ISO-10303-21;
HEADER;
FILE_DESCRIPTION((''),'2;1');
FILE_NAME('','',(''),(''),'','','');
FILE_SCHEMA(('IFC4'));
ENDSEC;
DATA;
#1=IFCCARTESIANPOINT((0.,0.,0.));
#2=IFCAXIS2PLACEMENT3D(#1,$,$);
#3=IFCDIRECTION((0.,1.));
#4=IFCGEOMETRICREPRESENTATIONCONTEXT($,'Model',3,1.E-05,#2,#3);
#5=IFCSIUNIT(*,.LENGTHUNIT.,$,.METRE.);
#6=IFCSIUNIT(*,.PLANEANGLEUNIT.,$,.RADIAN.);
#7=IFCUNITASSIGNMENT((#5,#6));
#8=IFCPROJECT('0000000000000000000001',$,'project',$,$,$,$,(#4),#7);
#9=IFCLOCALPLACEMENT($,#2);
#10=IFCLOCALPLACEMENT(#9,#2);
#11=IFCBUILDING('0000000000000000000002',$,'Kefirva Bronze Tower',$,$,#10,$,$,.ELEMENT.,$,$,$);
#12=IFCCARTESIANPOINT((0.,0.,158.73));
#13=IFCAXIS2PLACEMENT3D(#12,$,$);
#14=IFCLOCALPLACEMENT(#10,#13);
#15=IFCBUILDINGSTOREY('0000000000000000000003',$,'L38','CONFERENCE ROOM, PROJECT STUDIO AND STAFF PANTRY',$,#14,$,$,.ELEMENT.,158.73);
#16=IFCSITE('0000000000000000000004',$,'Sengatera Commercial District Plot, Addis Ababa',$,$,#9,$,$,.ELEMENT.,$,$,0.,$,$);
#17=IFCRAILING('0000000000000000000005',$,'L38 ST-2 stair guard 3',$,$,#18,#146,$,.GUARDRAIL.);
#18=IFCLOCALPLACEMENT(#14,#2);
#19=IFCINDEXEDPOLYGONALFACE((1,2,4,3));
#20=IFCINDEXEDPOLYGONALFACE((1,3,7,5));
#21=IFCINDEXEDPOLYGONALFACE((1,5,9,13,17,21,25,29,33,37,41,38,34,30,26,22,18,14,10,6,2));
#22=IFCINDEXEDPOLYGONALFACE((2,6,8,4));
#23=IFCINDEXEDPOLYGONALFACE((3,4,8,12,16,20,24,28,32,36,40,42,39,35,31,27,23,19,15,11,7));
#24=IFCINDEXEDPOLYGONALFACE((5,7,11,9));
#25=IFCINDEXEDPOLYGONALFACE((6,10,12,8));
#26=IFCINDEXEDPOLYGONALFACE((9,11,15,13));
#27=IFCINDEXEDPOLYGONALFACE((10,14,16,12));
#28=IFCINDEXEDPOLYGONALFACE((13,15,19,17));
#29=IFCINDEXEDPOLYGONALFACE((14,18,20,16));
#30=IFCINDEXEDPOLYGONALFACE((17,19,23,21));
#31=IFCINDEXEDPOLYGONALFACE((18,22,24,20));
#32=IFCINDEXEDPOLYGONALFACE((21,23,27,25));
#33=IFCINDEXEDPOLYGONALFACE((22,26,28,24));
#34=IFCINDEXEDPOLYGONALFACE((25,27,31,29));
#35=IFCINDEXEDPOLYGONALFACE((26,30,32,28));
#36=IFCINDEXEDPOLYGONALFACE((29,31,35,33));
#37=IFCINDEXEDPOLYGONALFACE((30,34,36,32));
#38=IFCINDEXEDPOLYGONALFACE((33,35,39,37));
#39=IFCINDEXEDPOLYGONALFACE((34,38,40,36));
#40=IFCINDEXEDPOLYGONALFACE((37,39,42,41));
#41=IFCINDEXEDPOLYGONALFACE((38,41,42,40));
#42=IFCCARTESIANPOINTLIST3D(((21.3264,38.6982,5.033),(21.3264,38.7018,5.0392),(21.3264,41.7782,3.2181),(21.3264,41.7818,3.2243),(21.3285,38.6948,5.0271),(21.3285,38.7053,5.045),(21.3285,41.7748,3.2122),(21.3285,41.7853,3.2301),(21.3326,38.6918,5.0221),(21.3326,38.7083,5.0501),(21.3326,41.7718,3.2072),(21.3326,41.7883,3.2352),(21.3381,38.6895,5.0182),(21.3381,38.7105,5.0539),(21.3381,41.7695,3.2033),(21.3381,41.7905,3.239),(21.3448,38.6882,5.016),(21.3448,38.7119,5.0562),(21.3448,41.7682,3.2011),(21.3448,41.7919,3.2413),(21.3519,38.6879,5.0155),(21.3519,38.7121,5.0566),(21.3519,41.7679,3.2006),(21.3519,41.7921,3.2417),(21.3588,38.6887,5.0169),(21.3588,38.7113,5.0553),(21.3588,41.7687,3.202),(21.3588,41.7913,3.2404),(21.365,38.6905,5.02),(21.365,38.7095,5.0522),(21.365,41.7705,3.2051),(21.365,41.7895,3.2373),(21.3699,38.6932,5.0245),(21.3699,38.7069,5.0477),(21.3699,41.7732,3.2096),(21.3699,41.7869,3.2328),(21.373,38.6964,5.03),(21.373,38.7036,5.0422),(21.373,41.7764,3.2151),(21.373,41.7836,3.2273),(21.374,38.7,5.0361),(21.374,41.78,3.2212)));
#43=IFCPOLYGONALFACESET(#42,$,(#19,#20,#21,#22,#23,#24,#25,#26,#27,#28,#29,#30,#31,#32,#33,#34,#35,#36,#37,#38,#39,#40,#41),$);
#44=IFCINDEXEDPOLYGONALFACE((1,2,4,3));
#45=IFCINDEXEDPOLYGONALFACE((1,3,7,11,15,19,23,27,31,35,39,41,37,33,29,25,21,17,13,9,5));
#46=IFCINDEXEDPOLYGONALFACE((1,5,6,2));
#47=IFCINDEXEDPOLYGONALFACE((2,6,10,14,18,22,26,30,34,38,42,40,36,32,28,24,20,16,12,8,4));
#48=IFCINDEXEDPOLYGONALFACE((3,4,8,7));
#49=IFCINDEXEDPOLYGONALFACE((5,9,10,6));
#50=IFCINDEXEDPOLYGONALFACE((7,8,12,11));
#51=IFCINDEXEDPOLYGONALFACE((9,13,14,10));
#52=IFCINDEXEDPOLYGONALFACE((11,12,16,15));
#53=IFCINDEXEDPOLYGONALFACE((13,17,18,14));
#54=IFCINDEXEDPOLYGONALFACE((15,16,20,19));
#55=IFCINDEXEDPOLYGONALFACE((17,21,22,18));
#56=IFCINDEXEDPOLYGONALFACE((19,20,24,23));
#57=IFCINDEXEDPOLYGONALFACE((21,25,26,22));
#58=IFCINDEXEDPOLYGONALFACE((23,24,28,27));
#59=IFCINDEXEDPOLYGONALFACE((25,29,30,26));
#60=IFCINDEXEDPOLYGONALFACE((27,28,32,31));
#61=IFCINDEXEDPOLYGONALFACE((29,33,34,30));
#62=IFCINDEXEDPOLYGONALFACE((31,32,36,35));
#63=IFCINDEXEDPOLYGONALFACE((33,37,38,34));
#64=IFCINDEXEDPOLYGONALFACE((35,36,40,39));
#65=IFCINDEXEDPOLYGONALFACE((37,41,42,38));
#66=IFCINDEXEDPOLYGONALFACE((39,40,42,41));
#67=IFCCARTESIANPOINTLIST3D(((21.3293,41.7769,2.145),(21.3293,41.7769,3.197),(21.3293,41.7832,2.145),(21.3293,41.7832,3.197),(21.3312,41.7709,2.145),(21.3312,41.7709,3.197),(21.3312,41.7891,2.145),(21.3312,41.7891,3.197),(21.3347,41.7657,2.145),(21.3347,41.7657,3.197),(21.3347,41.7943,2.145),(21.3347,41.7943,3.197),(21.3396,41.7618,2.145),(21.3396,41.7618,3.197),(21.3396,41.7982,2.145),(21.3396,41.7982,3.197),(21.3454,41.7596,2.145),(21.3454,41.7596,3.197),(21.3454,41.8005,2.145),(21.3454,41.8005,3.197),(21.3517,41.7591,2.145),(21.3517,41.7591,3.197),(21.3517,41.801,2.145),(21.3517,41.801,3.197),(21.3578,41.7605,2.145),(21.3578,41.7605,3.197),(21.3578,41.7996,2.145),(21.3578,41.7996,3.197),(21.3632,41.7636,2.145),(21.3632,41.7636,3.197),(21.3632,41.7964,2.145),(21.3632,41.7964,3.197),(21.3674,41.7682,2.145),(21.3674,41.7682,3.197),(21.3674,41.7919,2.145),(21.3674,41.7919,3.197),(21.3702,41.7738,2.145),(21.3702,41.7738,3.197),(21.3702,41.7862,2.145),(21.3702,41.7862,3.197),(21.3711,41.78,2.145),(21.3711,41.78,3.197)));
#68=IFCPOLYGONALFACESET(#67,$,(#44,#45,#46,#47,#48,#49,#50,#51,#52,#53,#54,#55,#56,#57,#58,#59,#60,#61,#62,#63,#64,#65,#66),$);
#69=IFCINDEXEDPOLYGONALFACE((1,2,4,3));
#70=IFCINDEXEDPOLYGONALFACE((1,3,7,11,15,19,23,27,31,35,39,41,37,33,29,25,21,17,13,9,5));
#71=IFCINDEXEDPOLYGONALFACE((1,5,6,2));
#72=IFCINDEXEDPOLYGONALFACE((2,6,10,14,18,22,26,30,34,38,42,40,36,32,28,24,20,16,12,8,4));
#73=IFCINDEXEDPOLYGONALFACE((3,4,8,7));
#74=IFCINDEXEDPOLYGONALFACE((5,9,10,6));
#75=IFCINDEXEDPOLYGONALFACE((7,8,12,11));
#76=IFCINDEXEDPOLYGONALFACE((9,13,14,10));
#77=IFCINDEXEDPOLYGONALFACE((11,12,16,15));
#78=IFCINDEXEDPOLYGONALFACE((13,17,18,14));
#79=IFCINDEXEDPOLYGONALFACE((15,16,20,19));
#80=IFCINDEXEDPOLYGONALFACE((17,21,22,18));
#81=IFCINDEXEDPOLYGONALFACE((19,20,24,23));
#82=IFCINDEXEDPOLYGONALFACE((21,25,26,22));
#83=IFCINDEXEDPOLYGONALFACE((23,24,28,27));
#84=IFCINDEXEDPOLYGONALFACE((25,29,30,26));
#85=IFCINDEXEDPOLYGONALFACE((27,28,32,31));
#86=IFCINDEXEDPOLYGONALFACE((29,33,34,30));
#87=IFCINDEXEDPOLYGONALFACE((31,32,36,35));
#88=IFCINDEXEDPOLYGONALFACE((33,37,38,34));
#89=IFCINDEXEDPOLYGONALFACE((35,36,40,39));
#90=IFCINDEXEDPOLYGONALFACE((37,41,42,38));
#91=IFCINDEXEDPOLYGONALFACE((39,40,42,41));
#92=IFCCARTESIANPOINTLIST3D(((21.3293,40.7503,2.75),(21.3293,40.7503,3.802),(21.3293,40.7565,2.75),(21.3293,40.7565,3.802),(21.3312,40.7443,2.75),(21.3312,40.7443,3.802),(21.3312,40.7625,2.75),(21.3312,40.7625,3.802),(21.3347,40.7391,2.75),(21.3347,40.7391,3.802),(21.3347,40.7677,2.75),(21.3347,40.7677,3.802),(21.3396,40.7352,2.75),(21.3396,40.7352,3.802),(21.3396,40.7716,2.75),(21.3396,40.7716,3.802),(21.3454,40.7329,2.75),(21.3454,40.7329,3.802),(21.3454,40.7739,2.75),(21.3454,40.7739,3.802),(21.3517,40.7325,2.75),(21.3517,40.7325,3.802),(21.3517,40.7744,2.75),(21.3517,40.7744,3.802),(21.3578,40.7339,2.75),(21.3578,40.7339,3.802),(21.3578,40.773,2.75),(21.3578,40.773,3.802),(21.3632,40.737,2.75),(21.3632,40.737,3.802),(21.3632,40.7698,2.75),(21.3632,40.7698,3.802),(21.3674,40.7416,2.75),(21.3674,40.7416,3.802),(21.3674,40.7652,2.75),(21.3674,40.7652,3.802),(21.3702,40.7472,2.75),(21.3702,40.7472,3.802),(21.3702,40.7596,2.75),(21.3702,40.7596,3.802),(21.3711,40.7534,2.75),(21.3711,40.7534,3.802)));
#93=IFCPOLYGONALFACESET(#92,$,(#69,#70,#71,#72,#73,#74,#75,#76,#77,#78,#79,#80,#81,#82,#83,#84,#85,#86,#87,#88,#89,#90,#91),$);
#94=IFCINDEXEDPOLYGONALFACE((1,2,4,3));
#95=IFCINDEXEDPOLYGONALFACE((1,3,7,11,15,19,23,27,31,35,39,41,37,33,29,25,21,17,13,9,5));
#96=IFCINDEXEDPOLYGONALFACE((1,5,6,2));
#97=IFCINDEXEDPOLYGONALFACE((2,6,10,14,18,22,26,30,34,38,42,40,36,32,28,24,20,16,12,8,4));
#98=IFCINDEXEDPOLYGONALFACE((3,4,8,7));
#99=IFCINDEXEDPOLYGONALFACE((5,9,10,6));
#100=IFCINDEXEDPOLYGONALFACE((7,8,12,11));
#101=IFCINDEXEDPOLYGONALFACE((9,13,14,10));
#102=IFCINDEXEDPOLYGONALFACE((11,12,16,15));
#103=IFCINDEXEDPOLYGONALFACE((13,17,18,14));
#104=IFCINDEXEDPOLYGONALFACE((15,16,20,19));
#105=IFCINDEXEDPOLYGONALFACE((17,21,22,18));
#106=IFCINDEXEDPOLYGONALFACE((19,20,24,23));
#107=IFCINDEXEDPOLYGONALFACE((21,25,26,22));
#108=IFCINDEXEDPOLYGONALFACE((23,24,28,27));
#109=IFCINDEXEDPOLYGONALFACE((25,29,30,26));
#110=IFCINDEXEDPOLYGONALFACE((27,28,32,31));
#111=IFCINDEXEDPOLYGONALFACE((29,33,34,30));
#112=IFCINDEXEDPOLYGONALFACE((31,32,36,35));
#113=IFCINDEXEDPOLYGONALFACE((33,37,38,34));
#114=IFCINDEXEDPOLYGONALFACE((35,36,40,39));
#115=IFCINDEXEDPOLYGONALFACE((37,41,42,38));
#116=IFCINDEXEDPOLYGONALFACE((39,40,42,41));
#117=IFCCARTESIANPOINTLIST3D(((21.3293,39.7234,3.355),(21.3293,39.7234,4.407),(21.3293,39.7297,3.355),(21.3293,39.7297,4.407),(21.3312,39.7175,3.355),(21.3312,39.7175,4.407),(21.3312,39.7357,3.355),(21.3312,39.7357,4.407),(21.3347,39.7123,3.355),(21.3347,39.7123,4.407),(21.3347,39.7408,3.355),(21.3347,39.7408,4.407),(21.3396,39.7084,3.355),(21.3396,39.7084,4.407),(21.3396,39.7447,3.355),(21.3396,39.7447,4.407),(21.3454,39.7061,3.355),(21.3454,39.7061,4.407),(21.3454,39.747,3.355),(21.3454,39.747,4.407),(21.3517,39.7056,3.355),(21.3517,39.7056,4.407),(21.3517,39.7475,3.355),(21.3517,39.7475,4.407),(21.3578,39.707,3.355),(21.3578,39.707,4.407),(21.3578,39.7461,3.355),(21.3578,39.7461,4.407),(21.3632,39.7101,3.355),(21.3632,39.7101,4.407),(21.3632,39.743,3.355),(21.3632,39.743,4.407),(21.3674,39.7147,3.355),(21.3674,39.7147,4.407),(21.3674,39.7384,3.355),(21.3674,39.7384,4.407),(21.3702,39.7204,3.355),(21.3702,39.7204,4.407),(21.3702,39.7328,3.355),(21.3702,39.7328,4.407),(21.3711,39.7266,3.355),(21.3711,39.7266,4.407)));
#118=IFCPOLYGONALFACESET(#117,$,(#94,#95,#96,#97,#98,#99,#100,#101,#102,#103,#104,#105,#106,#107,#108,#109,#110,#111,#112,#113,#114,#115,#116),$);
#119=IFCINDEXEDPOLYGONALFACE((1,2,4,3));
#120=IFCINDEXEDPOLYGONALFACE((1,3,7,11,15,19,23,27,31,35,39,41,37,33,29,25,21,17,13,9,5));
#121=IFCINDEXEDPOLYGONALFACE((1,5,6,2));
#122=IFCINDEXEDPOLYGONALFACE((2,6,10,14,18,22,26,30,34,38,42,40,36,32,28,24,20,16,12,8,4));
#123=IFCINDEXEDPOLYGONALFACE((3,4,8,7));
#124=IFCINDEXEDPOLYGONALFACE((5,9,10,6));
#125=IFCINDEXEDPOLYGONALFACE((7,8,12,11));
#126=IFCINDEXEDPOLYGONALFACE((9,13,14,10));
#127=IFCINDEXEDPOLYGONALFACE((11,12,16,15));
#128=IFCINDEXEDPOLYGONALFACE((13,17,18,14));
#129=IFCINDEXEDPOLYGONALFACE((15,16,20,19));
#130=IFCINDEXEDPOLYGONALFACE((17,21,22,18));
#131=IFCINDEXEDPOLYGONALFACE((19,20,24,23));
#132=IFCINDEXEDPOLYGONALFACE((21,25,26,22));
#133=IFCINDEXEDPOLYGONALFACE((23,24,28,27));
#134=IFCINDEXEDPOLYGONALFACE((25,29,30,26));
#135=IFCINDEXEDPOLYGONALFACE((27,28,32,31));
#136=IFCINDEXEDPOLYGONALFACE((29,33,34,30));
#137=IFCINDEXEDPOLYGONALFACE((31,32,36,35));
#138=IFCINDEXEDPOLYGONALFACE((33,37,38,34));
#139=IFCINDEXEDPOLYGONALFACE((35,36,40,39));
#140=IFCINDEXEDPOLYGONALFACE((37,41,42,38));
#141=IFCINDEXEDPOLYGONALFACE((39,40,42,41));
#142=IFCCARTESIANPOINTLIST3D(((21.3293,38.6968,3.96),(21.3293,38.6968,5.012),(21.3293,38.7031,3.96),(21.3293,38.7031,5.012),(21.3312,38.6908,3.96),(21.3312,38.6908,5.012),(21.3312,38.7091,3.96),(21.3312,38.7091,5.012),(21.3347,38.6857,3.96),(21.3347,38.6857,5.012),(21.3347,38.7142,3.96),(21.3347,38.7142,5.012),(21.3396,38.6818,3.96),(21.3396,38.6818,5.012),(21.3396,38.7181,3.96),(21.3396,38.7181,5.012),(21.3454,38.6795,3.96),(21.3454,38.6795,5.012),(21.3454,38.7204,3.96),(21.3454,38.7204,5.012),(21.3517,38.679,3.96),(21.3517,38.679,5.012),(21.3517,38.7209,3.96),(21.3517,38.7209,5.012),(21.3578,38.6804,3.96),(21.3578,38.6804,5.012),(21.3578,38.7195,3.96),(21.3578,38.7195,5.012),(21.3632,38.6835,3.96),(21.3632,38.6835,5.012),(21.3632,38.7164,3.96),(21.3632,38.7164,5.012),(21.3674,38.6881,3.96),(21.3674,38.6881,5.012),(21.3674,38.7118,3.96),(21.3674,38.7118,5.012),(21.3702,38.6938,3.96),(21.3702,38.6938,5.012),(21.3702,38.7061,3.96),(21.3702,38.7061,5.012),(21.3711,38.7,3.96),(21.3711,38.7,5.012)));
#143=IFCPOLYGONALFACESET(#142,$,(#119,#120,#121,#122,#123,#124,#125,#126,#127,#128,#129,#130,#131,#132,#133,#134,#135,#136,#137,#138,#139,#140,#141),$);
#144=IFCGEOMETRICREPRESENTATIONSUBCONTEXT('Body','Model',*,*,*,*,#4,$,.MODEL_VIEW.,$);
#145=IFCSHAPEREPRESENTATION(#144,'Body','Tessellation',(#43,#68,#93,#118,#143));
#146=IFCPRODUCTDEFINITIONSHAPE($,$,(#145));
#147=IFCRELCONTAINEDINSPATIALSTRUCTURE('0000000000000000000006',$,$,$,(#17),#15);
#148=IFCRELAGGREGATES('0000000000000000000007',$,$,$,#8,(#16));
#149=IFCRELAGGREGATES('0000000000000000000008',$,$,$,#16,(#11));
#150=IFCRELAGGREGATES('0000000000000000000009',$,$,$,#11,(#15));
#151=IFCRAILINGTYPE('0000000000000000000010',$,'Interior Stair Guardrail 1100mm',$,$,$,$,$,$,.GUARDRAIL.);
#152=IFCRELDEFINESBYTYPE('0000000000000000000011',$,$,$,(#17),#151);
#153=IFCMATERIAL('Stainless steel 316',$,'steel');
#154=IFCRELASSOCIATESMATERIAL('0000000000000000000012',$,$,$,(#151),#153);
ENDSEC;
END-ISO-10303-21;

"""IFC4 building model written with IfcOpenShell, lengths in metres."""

from ifc_helpers import new_model, si_unit, direction, frame, origin, origin_2d, place, context, subcontext, project, spatial, circle, extrude, material, type_object, element, save


model = new_model("IFC4")

# Units and contexts
model_context = context("Model", 3, precision=1e-05, world=origin(), true_north=direction((0.0, 1.0)))
body_context = subcontext(model_context, "Body", "Model", "MODEL_VIEW")
ifc_project = project(units=[si_unit("LENGTHUNIT", "METRE"), si_unit("PLANEANGLEUNIT", "RADIAN")], contexts=[model_context])

# Site, building, storey
site_placement = place(None, origin())
site = spatial("IfcSite", under=ifc_project, at=site_placement, Name="Sengatera Commercial District Plot, Addis Ababa", CompositionType="ELEMENT", RefElevation=0.0)
building_placement = place(site_placement, origin())
building = spatial("IfcBuilding", under=site, at=building_placement, Name="Kefirva Bronze Tower", CompositionType="ELEMENT")
storey_placement = place(building_placement, frame((0.0, 0.0, 158.73)))
storey = spatial("IfcBuildingStorey", under=building, at=storey_placement, Name="L38", Description="CONFERENCE ROOM, PROJECT STUDIO AND STAFF PANTRY", CompositionType="ELEMENT", Elevation=158.73)

# Railing
ifc_material_1 = material(Name="Stainless steel 316", Category="steel")
railing_type_1 = type_object("IfcRailingType", Name="Interior Stair Guardrail 1100mm", PredefinedType="GUARDRAIL", material=ifc_material_1)
railing_1_placement = place(storey_placement, frame((21.3501, 41.78, 2.145)))
element("IfcRailing", 1, at=railing_1_placement, inside=storey, type_object=railing_type_1, Name="L38 ST-2 stair guard 3", PredefinedType="GUARDRAIL", context=body_context, shape_type="SweptSolid", body=[
    extrude(circle(Radius=0.0239, at=origin_2d()), frame((0.0, 0.0, 1.0762), z_axis=(0.0, -0.861551, 0.507671), x_axis=(1.0, 0.0, 0.0)), (0.0, 0.0, 1.0), 3.575),
    extrude(circle(Radius=0.021, at=origin_2d()), origin(), (0.0, 0.0, 1.0), 1.052),
    extrude(circle(Radius=0.021, at=origin_2d()), frame((0.0, -1.0266, 0.605)), (0.0, 0.0, 1.0), 1.052),
    extrude(circle(Radius=0.021, at=origin_2d()), frame((0.0, -2.0535, 1.21)), (0.0, 0.0, 1.0), 1.052),
    extrude(circle(Radius=0.021, at=origin_2d()), frame((0.0, -3.0801, 1.8149)), (0.0, 0.0, 1.0), 1.052),
])

save(model, "model.ifc")
